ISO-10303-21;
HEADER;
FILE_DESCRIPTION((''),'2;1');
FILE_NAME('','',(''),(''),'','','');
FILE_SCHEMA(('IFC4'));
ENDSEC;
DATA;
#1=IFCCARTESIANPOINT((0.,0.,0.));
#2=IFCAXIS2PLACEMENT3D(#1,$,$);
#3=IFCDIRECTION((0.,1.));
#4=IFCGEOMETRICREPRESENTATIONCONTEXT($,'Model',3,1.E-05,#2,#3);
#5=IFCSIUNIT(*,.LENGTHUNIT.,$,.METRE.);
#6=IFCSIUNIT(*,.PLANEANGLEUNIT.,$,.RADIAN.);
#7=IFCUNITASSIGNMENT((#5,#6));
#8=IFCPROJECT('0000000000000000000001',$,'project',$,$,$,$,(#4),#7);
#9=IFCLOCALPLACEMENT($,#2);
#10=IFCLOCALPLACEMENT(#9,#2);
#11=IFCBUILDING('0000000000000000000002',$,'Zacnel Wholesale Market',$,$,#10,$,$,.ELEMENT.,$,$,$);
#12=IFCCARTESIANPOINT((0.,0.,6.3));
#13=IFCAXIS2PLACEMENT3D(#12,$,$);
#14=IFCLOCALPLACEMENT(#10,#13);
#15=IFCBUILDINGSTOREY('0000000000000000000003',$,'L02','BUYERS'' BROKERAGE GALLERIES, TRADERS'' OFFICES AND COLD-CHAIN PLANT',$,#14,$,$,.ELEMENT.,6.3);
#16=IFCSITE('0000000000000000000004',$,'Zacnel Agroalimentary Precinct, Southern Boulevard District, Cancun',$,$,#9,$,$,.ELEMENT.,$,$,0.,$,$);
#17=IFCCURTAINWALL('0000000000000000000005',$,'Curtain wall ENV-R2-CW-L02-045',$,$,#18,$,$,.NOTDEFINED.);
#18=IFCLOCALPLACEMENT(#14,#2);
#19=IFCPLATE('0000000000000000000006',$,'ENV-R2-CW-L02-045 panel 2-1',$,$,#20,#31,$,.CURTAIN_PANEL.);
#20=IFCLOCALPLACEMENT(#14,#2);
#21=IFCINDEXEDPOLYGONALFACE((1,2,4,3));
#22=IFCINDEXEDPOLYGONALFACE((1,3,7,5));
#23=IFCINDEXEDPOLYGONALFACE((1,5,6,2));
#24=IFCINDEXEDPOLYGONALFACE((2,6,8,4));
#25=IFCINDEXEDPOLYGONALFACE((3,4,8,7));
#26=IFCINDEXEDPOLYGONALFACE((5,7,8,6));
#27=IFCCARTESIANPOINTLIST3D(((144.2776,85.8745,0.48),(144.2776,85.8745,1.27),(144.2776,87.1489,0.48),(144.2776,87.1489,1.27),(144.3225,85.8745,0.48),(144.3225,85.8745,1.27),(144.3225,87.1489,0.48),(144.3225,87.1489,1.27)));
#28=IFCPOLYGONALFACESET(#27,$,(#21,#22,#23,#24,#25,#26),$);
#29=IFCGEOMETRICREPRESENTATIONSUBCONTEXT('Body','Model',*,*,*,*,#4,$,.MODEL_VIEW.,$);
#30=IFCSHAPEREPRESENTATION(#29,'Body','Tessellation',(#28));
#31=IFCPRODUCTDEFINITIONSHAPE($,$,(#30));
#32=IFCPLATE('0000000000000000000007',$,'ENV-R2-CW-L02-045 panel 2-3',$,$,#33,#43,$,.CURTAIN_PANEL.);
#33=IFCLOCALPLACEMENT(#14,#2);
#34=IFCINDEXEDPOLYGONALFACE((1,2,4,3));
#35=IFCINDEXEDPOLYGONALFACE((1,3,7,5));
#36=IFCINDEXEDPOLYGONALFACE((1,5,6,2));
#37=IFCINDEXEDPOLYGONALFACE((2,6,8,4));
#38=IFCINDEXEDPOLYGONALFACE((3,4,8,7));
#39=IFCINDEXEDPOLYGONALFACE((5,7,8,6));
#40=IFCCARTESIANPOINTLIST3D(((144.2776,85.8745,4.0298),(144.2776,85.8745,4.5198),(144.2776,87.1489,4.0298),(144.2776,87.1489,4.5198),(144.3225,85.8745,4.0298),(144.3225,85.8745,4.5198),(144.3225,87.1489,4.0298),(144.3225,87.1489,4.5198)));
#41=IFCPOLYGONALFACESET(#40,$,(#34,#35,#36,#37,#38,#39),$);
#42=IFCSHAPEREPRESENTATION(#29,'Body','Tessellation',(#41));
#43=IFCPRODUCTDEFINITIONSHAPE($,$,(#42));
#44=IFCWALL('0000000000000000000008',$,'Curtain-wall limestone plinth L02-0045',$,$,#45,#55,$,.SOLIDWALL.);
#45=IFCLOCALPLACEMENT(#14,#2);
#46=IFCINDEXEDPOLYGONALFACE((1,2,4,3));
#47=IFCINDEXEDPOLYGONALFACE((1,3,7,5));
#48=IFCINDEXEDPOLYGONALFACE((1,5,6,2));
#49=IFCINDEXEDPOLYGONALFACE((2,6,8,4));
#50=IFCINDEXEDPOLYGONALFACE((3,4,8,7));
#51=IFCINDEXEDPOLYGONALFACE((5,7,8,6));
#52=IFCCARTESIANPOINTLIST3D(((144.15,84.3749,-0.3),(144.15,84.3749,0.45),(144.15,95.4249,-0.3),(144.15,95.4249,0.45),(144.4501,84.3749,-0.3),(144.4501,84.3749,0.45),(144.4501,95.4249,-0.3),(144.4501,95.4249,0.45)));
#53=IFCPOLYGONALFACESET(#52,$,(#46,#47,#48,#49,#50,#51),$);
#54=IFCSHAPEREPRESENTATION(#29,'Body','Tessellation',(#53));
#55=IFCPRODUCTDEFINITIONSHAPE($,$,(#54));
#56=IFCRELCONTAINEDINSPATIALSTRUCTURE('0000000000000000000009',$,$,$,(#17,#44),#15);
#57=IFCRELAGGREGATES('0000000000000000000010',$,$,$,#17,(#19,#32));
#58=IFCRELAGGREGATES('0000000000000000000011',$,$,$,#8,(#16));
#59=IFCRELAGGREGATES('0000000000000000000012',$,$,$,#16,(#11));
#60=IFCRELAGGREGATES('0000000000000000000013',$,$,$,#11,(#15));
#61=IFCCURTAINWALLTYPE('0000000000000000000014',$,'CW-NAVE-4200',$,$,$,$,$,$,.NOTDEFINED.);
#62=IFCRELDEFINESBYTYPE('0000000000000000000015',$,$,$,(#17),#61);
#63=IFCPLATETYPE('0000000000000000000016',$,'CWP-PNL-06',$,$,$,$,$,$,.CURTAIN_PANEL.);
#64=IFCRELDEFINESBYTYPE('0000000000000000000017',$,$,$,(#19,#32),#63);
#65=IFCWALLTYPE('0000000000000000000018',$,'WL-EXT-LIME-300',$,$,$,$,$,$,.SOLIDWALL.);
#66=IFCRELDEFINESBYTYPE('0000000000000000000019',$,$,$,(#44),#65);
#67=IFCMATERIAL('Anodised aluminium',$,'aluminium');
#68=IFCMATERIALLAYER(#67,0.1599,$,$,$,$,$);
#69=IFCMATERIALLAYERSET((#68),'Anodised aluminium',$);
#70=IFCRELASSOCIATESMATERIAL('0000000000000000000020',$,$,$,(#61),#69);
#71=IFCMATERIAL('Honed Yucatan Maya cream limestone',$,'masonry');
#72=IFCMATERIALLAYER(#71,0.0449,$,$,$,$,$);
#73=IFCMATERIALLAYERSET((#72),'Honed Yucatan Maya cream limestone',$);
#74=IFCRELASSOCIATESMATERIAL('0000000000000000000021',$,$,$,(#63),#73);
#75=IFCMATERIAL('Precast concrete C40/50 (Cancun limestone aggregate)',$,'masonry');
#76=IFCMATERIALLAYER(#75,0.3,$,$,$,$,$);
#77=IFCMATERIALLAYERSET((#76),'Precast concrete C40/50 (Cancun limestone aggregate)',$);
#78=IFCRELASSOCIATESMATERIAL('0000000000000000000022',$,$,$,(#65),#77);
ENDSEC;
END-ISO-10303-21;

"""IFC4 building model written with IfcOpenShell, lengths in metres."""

from ifc_helpers import new_model, si_unit, direction, frame, frame_2d, origin, origin_2d, place, context, subcontext, project, spatial, rectangle, extrude, material, layer, layer_set, type_object, element, aggregate, save


model = new_model("IFC4")

# Units and contexts
model_context = context("Model", 3, precision=1e-05, world=origin(), true_north=direction((0.0, 1.0)))
body_context = subcontext(model_context, "Body", "Model", "MODEL_VIEW")
ifc_project = project(units=[si_unit("LENGTHUNIT", "METRE"), si_unit("PLANEANGLEUNIT", "RADIAN")], contexts=[model_context])

# Site, building, storey
site_placement = place(None, origin())
site = spatial("IfcSite", under=ifc_project, at=site_placement, Name="Zacnel Agroalimentary Precinct, Southern Boulevard District, Cancun", CompositionType="ELEMENT", RefElevation=0.0)
building_placement = place(site_placement, origin())
building = spatial("IfcBuilding", under=site, at=building_placement, Name="Zacnel Wholesale Market", CompositionType="ELEMENT")
storey_placement = place(building_placement, frame((0.0, 0.0, 6.3)))
storey = spatial("IfcBuildingStorey", under=building, at=storey_placement, Name="L02", Description="BUYERS' BROKERAGE GALLERIES, TRADERS' OFFICES AND COLD-CHAIN PLANT", CompositionType="ELEMENT", Elevation=6.3)

# Shared definitions
ifc_material_1 = material(Name="Anodised aluminium", Category="aluminium")
ifc_layer_1 = layer(ifc_material_1, 0.1599)
ifc_layer_set_1 = layer_set([ifc_layer_1], Name="Anodised aluminium")
curtain_wall_type = type_object("IfcCurtainWallType", Name="CW-NAVE-4200", PredefinedType="NOTDEFINED", material=ifc_layer_set_1)

# Curtain wall
curtain_wall_1_placement = place(storey_placement, origin())
curtain_wall_1 = element("IfcCurtainWall", 1, at=curtain_wall_1_placement, inside=storey, type_object=curtain_wall_type, Name="Curtain wall ENV-R2-CW-L02-045", PredefinedType="NOTDEFINED")

# Plates
ifc_material_2 = material(Name="Honed Yucatan Maya cream limestone", Category="masonry")
ifc_layer_2 = layer(ifc_material_2, 0.0449)
ifc_layer_set_2 = layer_set([ifc_layer_2], Name="Honed Yucatan Maya cream limestone")
plate_type_1 = type_object("IfcPlateType", Name="CWP-PNL-06", PredefinedType="CURTAIN_PANEL", material=ifc_layer_set_2)
plate_1_placement = place(storey_placement, frame((144.3, 86.5117, 0.48), z_axis=(0.0, 0.0, 1.0), x_axis=(0.0, 1.0, 0.0)))
plate_1 = element("IfcPlate", 2, at=plate_1_placement, type_object=plate_type_1, Name="ENV-R2-CW-L02-045 panel 2-1", PredefinedType="CURTAIN_PANEL", context=body_context, shape_type="SweptSolid", body=[
    extrude(rectangle(XDim=1.2744, YDim=0.0449, at=origin_2d()), origin(), (0.0, 0.0, 1.0), 0.79),
])
plate_2_placement = place(storey_placement, frame((144.3, 86.5117, 4.0298), z_axis=(0.0, 0.0, 1.0), x_axis=(0.0, 1.0, 0.0)))
plate_2 = element("IfcPlate", 3, at=plate_2_placement, type_object=plate_type_1, Name="ENV-R2-CW-L02-045 panel 2-3", PredefinedType="CURTAIN_PANEL", context=body_context, shape_type="SweptSolid", body=[
    extrude(rectangle(XDim=1.2744, YDim=0.0449, at=origin_2d()), origin(), (0.0, 0.0, 1.0), 0.49),
])
aggregate(curtain_wall_1, [plate_1, plate_2])

# Wall
ifc_material_3 = material(Name="Precast concrete C40/50 (Cancun limestone aggregate)", Category="masonry")
ifc_layer_3 = layer(ifc_material_3, 0.3)
ifc_layer_set_3 = layer_set([ifc_layer_3], Name="Precast concrete C40/50 (Cancun limestone aggregate)")
wall_type = type_object("IfcWallType", Name="WL-EXT-LIME-300", PredefinedType="SOLIDWALL", material=ifc_layer_set_3)
wall_placement = place(storey_placement, frame((144.3, 84.375, -0.3), z_axis=(0.0, 0.0, 1.0), x_axis=(0.0, 1.0, 0.0)))
element("IfcWall", 4, at=wall_placement, inside=storey, type_object=wall_type, Name="Curtain-wall limestone plinth L02-0045", PredefinedType="SOLIDWALL", context=body_context, shape_type="SweptSolid", body=[
    extrude(rectangle(XDim=11.05, YDim=0.3, at=frame_2d((5.5249, 0.0))), origin(), (0.0, 0.0, 1.0), 0.75),
])

save(model, "model.ifc")
